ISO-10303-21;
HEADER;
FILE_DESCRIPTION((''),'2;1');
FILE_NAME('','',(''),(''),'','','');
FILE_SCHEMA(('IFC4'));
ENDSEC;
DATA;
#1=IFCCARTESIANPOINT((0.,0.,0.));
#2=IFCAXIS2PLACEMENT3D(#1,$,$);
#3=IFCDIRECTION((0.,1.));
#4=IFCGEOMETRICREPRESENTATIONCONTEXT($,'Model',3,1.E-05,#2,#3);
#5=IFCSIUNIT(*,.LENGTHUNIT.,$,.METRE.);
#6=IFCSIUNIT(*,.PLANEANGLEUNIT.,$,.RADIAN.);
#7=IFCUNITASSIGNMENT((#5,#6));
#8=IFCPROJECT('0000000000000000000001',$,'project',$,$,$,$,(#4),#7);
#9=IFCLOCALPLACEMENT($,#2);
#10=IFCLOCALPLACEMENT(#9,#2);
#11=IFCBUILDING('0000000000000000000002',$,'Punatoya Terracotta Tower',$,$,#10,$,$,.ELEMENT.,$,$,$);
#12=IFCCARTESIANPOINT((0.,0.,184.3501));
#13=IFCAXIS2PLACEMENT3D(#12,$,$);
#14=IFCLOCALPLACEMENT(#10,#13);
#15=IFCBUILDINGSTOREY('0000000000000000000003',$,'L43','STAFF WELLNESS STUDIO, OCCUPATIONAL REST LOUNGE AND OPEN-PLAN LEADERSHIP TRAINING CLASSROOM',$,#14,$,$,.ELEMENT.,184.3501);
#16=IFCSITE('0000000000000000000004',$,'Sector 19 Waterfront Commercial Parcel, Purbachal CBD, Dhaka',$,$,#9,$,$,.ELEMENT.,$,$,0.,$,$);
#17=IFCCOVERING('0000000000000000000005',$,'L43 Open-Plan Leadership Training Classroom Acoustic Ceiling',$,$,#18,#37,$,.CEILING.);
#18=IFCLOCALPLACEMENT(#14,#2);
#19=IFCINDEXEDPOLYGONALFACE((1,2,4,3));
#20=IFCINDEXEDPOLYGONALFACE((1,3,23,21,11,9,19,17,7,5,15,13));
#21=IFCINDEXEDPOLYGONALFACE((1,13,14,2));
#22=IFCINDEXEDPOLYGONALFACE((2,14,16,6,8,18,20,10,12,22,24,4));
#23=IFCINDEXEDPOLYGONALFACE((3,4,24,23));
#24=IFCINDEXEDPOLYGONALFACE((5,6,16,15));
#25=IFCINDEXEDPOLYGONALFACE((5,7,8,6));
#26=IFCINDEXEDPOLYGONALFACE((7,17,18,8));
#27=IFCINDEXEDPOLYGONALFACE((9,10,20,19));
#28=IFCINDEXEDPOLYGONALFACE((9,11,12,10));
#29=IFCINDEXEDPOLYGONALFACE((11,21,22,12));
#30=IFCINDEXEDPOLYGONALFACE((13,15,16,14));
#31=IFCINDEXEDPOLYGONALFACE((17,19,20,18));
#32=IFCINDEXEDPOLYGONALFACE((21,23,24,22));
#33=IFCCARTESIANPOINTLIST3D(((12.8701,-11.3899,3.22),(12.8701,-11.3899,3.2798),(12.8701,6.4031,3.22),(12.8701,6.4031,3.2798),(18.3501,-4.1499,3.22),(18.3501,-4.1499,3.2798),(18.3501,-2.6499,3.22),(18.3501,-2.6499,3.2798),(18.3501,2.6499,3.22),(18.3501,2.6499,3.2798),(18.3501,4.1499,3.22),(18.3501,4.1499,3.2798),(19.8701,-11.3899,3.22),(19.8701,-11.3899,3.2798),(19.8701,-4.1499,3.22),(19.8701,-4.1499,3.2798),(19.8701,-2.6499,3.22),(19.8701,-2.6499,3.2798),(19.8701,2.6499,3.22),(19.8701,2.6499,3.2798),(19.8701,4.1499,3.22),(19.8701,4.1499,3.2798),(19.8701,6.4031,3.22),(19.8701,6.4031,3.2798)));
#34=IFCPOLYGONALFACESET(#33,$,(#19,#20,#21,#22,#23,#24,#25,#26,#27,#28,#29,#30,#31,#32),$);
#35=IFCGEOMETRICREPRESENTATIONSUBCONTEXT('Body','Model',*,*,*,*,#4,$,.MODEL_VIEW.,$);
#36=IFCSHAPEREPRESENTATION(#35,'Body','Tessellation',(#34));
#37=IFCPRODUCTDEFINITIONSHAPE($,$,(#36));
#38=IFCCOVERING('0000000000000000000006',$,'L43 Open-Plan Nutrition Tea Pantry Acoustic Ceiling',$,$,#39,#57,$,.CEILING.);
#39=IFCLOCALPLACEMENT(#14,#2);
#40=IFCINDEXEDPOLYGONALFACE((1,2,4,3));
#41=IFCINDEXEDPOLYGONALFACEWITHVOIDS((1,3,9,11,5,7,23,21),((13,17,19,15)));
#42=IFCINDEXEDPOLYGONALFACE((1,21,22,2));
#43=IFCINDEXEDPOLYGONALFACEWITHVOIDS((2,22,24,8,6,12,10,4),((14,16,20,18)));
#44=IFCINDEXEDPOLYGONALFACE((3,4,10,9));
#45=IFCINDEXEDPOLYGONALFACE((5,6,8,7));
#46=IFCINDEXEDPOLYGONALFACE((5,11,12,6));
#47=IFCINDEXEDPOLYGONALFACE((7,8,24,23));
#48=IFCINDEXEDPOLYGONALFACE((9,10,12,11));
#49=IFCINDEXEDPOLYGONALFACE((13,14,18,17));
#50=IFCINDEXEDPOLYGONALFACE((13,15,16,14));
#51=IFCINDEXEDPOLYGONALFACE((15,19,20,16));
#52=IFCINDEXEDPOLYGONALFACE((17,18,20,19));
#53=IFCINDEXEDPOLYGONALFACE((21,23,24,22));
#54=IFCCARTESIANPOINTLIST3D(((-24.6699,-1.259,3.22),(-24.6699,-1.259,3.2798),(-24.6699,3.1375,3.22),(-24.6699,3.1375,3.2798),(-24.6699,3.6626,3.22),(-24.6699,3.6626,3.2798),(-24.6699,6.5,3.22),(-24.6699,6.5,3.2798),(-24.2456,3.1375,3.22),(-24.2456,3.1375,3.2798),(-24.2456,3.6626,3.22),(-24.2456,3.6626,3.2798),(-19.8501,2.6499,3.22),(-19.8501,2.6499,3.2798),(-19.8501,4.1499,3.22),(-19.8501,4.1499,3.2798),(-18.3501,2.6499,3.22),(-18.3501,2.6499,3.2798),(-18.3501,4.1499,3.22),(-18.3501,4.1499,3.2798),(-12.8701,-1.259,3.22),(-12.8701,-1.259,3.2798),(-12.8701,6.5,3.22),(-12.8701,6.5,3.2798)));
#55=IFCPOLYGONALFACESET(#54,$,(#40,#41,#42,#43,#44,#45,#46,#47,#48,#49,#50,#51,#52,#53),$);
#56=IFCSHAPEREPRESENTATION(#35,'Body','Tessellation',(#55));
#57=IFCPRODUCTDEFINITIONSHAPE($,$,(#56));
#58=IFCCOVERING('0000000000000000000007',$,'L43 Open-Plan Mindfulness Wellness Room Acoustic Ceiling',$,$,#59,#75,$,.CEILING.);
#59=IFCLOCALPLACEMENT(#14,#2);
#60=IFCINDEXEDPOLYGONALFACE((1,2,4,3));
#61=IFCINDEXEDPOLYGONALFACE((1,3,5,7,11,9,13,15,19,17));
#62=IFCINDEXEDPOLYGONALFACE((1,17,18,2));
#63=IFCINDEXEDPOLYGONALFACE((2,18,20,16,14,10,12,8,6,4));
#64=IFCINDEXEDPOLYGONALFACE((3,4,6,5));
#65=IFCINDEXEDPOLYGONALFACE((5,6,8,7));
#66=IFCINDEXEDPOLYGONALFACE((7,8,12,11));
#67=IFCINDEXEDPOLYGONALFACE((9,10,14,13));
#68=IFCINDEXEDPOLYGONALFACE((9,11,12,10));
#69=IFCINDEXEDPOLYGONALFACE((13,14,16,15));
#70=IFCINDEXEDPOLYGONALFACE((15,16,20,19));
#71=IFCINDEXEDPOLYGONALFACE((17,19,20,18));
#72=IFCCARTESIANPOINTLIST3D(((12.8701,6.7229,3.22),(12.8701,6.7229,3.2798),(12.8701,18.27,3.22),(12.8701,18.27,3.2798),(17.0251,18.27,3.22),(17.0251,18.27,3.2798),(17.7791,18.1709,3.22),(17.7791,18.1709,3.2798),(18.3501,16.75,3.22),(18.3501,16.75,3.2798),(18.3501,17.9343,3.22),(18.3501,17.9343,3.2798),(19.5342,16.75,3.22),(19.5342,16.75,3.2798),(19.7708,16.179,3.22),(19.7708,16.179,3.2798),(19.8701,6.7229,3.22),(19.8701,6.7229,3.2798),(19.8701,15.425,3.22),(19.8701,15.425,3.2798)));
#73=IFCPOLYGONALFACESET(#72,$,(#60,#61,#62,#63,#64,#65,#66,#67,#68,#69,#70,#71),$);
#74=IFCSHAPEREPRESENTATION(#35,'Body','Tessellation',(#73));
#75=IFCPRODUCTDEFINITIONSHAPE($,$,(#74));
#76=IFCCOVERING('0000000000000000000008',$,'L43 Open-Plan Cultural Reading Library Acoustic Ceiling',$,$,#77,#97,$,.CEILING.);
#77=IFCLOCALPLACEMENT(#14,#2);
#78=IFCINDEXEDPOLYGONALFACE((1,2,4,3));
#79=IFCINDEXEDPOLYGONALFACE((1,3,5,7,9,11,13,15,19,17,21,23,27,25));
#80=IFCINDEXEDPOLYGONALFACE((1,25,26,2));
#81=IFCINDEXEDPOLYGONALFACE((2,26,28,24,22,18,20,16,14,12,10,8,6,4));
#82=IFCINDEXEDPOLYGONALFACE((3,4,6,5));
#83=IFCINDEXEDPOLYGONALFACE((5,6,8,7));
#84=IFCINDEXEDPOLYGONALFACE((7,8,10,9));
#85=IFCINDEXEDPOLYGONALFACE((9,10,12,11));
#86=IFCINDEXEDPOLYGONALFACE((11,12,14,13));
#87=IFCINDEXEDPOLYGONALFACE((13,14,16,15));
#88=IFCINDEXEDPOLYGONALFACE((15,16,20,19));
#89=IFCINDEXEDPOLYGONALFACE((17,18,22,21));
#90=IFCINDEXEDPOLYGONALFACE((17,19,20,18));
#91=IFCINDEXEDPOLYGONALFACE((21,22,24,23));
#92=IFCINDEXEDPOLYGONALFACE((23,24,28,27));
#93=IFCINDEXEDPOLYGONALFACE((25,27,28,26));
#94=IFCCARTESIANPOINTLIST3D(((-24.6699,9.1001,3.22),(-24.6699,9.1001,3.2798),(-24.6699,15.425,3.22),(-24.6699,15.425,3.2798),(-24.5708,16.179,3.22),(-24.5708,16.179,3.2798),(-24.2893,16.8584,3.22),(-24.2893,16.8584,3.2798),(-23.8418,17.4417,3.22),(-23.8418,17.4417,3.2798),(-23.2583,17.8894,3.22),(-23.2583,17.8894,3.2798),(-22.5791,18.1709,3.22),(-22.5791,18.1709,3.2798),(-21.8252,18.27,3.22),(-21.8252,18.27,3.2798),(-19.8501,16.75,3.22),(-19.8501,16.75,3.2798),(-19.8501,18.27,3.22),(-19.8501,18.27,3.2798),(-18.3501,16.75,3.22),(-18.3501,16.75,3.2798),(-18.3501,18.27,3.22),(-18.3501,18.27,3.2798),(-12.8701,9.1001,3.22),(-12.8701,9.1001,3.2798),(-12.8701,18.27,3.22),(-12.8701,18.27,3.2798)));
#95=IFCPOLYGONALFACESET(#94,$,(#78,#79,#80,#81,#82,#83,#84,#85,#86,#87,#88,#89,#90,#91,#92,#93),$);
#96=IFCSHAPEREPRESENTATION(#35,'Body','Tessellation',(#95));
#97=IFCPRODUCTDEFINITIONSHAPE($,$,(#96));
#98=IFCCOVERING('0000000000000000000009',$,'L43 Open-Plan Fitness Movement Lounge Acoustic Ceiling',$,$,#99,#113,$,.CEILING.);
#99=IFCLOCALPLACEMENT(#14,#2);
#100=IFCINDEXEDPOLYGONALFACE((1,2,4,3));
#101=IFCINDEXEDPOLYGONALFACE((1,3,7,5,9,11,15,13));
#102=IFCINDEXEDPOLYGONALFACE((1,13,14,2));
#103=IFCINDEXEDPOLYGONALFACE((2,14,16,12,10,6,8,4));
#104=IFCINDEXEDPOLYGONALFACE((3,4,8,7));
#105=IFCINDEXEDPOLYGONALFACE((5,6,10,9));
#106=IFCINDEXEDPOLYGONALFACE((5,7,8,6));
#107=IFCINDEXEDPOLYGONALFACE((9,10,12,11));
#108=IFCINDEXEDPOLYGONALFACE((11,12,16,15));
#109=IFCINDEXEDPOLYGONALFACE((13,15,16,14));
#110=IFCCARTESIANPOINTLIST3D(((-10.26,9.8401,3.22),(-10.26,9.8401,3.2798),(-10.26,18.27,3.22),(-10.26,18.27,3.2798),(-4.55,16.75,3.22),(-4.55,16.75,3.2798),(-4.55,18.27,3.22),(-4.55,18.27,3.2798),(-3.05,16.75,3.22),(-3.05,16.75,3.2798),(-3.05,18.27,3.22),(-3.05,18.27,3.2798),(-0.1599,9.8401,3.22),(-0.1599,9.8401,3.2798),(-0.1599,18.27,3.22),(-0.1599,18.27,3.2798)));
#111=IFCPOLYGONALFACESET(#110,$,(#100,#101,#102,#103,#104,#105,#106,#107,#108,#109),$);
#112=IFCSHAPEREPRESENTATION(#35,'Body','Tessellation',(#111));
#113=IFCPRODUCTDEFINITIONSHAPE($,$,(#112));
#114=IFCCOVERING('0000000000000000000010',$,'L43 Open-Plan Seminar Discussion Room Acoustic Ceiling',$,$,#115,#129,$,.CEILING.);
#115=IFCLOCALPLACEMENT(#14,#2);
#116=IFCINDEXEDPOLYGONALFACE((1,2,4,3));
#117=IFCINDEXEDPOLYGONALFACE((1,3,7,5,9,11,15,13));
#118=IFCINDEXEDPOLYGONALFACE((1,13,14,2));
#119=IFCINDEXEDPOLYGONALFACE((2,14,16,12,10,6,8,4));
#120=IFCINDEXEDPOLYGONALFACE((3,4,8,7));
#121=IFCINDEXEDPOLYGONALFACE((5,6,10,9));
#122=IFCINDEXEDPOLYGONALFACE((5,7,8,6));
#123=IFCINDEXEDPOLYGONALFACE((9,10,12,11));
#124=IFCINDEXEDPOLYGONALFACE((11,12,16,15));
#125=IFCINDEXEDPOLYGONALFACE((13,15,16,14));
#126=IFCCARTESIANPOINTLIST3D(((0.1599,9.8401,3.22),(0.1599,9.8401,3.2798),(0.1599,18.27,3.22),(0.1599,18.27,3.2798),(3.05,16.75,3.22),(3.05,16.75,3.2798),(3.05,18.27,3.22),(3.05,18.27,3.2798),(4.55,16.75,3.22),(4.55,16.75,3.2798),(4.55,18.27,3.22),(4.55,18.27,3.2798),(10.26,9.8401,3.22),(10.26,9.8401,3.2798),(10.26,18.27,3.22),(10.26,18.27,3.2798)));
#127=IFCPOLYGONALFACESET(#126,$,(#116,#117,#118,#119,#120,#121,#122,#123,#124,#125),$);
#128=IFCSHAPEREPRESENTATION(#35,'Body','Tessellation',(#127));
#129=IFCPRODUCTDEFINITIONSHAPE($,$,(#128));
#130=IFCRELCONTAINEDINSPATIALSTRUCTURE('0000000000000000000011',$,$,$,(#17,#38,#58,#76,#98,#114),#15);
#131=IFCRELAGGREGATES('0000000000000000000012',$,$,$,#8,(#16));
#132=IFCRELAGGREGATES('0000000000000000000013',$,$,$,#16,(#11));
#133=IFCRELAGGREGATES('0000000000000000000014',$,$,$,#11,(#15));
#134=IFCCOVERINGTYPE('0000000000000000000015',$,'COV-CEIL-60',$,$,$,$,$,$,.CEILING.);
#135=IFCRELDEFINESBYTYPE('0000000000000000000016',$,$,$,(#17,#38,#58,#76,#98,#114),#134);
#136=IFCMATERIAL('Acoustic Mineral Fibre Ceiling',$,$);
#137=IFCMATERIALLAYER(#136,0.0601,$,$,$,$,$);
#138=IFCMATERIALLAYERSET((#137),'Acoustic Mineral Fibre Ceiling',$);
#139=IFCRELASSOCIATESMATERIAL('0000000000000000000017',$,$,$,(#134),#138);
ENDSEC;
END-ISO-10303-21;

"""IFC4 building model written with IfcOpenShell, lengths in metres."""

from ifc_helpers import new_model, si_unit, direction, frame, origin, place, context, subcontext, project, spatial, polyline, outline, extrude, material, layer, layer_set, type_object, element, save


model = new_model("IFC4")

# Units and contexts
model_context = context("Model", 3, precision=1e-05, world=origin(), true_north=direction((0.0, 1.0)))
body_context = subcontext(model_context, "Body", "Model", "MODEL_VIEW")
ifc_project = project(units=[si_unit("LENGTHUNIT", "METRE"), si_unit("PLANEANGLEUNIT", "RADIAN")], contexts=[model_context])

# Site, building, storey
site_placement = place(None, origin())
site = spatial("IfcSite", under=ifc_project, at=site_placement, Name="Sector 19 Waterfront Commercial Parcel, Purbachal CBD, Dhaka", CompositionType="ELEMENT", RefElevation=0.0)
building_placement = place(site_placement, origin())
building = spatial("IfcBuilding", under=site, at=building_placement, Name="Punatoya Terracotta Tower", CompositionType="ELEMENT")
storey_placement = place(building_placement, frame((0.0, 0.0, 184.3501)))
storey = spatial("IfcBuildingStorey", under=building, at=storey_placement, Name="L43", Description="STAFF WELLNESS STUDIO, OCCUPATIONAL REST LOUNGE AND OPEN-PLAN LEADERSHIP TRAINING CLASSROOM", CompositionType="ELEMENT", Elevation=184.3501)

# Coverings
ifc_material_1 = material(Name="Acoustic Mineral Fibre Ceiling")
ifc_layer_1 = layer(ifc_material_1, 0.0601)
ifc_layer_set_1 = layer_set([ifc_layer_1], Name="Acoustic Mineral Fibre Ceiling")
covering_type = type_object("IfcCoveringType", Name="COV-CEIL-60", PredefinedType="CEILING", material=ifc_layer_set_1)
covering_1_placement = place(storey_placement, frame((0.0, 0.0, 3.22)))
element("IfcCovering", 1, at=covering_1_placement, inside=storey, type_object=covering_type, Name="L43 Open-Plan Leadership Training Classroom Acoustic Ceiling", PredefinedType="CEILING", context=body_context, shape_type="SweptSolid", body=[
    extrude(outline(polyline([(12.8701, 6.4031), (12.8701, -11.3899), (19.8701, -11.3899), (19.8701, -4.1499), (18.3501, -4.1499), (18.3501, -2.6499), (19.8701, -2.6499), (19.8701, 2.6499), (18.3501, 2.6499), (18.3501, 4.1499), (19.8701, 4.1499), (19.8701, 6.4031), (12.8701, 6.4031)])), origin(), (0.0, 0.0, 1.0), 0.0598),
])
covering_2_placement = place(storey_placement, frame((0.0, 0.0, 3.22)))
element("IfcCovering", 2, at=covering_2_placement, inside=storey, type_object=covering_type, Name="L43 Open-Plan Nutrition Tea Pantry Acoustic Ceiling", PredefinedType="CEILING", context=body_context, shape_type="SweptSolid", body=[
    extrude(outline(polyline([(-24.6699, 3.1375), (-24.6699, -1.259), (-12.8701, -1.259), (-12.8701, 6.5), (-24.6699, 6.5), (-24.6699, 3.6626), (-24.2456, 3.6626), (-24.2456, 3.1375), (-24.6699, 3.1375)]), holes=[polyline([(-18.3501, 4.1499), (-18.3501, 2.6499), (-19.8501, 2.6499), (-19.8501, 4.1499), (-18.3501, 4.1499)])]), origin(), (0.0, 0.0, 1.0), 0.0598),
])
covering_3_placement = place(storey_placement, frame((0.0, 0.0, 3.22)))
element("IfcCovering", 3, at=covering_3_placement, inside=storey, type_object=covering_type, Name="L43 Open-Plan Mindfulness Wellness Room Acoustic Ceiling", PredefinedType="CEILING", context=body_context, shape_type="SweptSolid", body=[
    extrude(outline(polyline([(12.8701, 18.27), (12.8701, 6.7229), (19.8701, 6.7229), (19.8701, 15.425), (19.7708, 16.179), (19.5342, 16.75), (18.3501, 16.75), (18.3501, 17.9343), (17.7791, 18.1709), (17.0251, 18.27), (12.8701, 18.27)])), origin(), (0.0, 0.0, 1.0), 0.0598),
])
covering_4_placement = place(storey_placement, frame((0.0, 0.0, 3.22)))
element("IfcCovering", 4, at=covering_4_placement, inside=storey, type_object=covering_type, Name="L43 Open-Plan Cultural Reading Library Acoustic Ceiling", PredefinedType="CEILING", context=body_context, shape_type="SweptSolid", body=[
    extrude(outline(polyline([(-24.5708, 16.179), (-24.6699, 15.425), (-24.6699, 9.1001), (-12.8701, 9.1001), (-12.8701, 18.27), (-18.3501, 18.27), (-18.3501, 16.75), (-19.8501, 16.75), (-19.8501, 18.27), (-21.8252, 18.27), (-22.5791, 18.1709), (-23.2583, 17.8894), (-23.8418, 17.4417), (-24.2893, 16.8584), (-24.5708, 16.179)])), origin(), (0.0, 0.0, 1.0), 0.0598),
])
covering_5_placement = place(storey_placement, frame((0.0, 0.0, 3.22)))
element("IfcCovering", 5, at=covering_5_placement, inside=storey, type_object=covering_type, Name="L43 Open-Plan Fitness Movement Lounge Acoustic Ceiling", PredefinedType="CEILING", context=body_context, shape_type="SweptSolid", body=[
    extrude(outline(polyline([(-10.26, 18.27), (-10.26, 9.8401), (-0.1599, 9.8401), (-0.1599, 18.27), (-3.05, 18.27), (-3.05, 16.75), (-4.55, 16.75), (-4.55, 18.27), (-10.26, 18.27)])), origin(), (0.0, 0.0, 1.0), 0.0598),
])
covering_6_placement = place(storey_placement, frame((0.0, 0.0, 3.22)))
element("IfcCovering", 6, at=covering_6_placement, inside=storey, type_object=covering_type, Name="L43 Open-Plan Seminar Discussion Room Acoustic Ceiling", PredefinedType="CEILING", context=body_context, shape_type="SweptSolid", body=[
    extrude(outline(polyline([(3.05, 18.27), (0.1599, 18.27), (0.1599, 9.8401), (10.26, 9.8401), (10.26, 18.27), (4.55, 18.27), (4.55, 16.75), (3.05, 16.75), (3.05, 18.27)])), origin(), (0.0, 0.0, 1.0), 0.0598),
])

save(model, "model.ifc")
